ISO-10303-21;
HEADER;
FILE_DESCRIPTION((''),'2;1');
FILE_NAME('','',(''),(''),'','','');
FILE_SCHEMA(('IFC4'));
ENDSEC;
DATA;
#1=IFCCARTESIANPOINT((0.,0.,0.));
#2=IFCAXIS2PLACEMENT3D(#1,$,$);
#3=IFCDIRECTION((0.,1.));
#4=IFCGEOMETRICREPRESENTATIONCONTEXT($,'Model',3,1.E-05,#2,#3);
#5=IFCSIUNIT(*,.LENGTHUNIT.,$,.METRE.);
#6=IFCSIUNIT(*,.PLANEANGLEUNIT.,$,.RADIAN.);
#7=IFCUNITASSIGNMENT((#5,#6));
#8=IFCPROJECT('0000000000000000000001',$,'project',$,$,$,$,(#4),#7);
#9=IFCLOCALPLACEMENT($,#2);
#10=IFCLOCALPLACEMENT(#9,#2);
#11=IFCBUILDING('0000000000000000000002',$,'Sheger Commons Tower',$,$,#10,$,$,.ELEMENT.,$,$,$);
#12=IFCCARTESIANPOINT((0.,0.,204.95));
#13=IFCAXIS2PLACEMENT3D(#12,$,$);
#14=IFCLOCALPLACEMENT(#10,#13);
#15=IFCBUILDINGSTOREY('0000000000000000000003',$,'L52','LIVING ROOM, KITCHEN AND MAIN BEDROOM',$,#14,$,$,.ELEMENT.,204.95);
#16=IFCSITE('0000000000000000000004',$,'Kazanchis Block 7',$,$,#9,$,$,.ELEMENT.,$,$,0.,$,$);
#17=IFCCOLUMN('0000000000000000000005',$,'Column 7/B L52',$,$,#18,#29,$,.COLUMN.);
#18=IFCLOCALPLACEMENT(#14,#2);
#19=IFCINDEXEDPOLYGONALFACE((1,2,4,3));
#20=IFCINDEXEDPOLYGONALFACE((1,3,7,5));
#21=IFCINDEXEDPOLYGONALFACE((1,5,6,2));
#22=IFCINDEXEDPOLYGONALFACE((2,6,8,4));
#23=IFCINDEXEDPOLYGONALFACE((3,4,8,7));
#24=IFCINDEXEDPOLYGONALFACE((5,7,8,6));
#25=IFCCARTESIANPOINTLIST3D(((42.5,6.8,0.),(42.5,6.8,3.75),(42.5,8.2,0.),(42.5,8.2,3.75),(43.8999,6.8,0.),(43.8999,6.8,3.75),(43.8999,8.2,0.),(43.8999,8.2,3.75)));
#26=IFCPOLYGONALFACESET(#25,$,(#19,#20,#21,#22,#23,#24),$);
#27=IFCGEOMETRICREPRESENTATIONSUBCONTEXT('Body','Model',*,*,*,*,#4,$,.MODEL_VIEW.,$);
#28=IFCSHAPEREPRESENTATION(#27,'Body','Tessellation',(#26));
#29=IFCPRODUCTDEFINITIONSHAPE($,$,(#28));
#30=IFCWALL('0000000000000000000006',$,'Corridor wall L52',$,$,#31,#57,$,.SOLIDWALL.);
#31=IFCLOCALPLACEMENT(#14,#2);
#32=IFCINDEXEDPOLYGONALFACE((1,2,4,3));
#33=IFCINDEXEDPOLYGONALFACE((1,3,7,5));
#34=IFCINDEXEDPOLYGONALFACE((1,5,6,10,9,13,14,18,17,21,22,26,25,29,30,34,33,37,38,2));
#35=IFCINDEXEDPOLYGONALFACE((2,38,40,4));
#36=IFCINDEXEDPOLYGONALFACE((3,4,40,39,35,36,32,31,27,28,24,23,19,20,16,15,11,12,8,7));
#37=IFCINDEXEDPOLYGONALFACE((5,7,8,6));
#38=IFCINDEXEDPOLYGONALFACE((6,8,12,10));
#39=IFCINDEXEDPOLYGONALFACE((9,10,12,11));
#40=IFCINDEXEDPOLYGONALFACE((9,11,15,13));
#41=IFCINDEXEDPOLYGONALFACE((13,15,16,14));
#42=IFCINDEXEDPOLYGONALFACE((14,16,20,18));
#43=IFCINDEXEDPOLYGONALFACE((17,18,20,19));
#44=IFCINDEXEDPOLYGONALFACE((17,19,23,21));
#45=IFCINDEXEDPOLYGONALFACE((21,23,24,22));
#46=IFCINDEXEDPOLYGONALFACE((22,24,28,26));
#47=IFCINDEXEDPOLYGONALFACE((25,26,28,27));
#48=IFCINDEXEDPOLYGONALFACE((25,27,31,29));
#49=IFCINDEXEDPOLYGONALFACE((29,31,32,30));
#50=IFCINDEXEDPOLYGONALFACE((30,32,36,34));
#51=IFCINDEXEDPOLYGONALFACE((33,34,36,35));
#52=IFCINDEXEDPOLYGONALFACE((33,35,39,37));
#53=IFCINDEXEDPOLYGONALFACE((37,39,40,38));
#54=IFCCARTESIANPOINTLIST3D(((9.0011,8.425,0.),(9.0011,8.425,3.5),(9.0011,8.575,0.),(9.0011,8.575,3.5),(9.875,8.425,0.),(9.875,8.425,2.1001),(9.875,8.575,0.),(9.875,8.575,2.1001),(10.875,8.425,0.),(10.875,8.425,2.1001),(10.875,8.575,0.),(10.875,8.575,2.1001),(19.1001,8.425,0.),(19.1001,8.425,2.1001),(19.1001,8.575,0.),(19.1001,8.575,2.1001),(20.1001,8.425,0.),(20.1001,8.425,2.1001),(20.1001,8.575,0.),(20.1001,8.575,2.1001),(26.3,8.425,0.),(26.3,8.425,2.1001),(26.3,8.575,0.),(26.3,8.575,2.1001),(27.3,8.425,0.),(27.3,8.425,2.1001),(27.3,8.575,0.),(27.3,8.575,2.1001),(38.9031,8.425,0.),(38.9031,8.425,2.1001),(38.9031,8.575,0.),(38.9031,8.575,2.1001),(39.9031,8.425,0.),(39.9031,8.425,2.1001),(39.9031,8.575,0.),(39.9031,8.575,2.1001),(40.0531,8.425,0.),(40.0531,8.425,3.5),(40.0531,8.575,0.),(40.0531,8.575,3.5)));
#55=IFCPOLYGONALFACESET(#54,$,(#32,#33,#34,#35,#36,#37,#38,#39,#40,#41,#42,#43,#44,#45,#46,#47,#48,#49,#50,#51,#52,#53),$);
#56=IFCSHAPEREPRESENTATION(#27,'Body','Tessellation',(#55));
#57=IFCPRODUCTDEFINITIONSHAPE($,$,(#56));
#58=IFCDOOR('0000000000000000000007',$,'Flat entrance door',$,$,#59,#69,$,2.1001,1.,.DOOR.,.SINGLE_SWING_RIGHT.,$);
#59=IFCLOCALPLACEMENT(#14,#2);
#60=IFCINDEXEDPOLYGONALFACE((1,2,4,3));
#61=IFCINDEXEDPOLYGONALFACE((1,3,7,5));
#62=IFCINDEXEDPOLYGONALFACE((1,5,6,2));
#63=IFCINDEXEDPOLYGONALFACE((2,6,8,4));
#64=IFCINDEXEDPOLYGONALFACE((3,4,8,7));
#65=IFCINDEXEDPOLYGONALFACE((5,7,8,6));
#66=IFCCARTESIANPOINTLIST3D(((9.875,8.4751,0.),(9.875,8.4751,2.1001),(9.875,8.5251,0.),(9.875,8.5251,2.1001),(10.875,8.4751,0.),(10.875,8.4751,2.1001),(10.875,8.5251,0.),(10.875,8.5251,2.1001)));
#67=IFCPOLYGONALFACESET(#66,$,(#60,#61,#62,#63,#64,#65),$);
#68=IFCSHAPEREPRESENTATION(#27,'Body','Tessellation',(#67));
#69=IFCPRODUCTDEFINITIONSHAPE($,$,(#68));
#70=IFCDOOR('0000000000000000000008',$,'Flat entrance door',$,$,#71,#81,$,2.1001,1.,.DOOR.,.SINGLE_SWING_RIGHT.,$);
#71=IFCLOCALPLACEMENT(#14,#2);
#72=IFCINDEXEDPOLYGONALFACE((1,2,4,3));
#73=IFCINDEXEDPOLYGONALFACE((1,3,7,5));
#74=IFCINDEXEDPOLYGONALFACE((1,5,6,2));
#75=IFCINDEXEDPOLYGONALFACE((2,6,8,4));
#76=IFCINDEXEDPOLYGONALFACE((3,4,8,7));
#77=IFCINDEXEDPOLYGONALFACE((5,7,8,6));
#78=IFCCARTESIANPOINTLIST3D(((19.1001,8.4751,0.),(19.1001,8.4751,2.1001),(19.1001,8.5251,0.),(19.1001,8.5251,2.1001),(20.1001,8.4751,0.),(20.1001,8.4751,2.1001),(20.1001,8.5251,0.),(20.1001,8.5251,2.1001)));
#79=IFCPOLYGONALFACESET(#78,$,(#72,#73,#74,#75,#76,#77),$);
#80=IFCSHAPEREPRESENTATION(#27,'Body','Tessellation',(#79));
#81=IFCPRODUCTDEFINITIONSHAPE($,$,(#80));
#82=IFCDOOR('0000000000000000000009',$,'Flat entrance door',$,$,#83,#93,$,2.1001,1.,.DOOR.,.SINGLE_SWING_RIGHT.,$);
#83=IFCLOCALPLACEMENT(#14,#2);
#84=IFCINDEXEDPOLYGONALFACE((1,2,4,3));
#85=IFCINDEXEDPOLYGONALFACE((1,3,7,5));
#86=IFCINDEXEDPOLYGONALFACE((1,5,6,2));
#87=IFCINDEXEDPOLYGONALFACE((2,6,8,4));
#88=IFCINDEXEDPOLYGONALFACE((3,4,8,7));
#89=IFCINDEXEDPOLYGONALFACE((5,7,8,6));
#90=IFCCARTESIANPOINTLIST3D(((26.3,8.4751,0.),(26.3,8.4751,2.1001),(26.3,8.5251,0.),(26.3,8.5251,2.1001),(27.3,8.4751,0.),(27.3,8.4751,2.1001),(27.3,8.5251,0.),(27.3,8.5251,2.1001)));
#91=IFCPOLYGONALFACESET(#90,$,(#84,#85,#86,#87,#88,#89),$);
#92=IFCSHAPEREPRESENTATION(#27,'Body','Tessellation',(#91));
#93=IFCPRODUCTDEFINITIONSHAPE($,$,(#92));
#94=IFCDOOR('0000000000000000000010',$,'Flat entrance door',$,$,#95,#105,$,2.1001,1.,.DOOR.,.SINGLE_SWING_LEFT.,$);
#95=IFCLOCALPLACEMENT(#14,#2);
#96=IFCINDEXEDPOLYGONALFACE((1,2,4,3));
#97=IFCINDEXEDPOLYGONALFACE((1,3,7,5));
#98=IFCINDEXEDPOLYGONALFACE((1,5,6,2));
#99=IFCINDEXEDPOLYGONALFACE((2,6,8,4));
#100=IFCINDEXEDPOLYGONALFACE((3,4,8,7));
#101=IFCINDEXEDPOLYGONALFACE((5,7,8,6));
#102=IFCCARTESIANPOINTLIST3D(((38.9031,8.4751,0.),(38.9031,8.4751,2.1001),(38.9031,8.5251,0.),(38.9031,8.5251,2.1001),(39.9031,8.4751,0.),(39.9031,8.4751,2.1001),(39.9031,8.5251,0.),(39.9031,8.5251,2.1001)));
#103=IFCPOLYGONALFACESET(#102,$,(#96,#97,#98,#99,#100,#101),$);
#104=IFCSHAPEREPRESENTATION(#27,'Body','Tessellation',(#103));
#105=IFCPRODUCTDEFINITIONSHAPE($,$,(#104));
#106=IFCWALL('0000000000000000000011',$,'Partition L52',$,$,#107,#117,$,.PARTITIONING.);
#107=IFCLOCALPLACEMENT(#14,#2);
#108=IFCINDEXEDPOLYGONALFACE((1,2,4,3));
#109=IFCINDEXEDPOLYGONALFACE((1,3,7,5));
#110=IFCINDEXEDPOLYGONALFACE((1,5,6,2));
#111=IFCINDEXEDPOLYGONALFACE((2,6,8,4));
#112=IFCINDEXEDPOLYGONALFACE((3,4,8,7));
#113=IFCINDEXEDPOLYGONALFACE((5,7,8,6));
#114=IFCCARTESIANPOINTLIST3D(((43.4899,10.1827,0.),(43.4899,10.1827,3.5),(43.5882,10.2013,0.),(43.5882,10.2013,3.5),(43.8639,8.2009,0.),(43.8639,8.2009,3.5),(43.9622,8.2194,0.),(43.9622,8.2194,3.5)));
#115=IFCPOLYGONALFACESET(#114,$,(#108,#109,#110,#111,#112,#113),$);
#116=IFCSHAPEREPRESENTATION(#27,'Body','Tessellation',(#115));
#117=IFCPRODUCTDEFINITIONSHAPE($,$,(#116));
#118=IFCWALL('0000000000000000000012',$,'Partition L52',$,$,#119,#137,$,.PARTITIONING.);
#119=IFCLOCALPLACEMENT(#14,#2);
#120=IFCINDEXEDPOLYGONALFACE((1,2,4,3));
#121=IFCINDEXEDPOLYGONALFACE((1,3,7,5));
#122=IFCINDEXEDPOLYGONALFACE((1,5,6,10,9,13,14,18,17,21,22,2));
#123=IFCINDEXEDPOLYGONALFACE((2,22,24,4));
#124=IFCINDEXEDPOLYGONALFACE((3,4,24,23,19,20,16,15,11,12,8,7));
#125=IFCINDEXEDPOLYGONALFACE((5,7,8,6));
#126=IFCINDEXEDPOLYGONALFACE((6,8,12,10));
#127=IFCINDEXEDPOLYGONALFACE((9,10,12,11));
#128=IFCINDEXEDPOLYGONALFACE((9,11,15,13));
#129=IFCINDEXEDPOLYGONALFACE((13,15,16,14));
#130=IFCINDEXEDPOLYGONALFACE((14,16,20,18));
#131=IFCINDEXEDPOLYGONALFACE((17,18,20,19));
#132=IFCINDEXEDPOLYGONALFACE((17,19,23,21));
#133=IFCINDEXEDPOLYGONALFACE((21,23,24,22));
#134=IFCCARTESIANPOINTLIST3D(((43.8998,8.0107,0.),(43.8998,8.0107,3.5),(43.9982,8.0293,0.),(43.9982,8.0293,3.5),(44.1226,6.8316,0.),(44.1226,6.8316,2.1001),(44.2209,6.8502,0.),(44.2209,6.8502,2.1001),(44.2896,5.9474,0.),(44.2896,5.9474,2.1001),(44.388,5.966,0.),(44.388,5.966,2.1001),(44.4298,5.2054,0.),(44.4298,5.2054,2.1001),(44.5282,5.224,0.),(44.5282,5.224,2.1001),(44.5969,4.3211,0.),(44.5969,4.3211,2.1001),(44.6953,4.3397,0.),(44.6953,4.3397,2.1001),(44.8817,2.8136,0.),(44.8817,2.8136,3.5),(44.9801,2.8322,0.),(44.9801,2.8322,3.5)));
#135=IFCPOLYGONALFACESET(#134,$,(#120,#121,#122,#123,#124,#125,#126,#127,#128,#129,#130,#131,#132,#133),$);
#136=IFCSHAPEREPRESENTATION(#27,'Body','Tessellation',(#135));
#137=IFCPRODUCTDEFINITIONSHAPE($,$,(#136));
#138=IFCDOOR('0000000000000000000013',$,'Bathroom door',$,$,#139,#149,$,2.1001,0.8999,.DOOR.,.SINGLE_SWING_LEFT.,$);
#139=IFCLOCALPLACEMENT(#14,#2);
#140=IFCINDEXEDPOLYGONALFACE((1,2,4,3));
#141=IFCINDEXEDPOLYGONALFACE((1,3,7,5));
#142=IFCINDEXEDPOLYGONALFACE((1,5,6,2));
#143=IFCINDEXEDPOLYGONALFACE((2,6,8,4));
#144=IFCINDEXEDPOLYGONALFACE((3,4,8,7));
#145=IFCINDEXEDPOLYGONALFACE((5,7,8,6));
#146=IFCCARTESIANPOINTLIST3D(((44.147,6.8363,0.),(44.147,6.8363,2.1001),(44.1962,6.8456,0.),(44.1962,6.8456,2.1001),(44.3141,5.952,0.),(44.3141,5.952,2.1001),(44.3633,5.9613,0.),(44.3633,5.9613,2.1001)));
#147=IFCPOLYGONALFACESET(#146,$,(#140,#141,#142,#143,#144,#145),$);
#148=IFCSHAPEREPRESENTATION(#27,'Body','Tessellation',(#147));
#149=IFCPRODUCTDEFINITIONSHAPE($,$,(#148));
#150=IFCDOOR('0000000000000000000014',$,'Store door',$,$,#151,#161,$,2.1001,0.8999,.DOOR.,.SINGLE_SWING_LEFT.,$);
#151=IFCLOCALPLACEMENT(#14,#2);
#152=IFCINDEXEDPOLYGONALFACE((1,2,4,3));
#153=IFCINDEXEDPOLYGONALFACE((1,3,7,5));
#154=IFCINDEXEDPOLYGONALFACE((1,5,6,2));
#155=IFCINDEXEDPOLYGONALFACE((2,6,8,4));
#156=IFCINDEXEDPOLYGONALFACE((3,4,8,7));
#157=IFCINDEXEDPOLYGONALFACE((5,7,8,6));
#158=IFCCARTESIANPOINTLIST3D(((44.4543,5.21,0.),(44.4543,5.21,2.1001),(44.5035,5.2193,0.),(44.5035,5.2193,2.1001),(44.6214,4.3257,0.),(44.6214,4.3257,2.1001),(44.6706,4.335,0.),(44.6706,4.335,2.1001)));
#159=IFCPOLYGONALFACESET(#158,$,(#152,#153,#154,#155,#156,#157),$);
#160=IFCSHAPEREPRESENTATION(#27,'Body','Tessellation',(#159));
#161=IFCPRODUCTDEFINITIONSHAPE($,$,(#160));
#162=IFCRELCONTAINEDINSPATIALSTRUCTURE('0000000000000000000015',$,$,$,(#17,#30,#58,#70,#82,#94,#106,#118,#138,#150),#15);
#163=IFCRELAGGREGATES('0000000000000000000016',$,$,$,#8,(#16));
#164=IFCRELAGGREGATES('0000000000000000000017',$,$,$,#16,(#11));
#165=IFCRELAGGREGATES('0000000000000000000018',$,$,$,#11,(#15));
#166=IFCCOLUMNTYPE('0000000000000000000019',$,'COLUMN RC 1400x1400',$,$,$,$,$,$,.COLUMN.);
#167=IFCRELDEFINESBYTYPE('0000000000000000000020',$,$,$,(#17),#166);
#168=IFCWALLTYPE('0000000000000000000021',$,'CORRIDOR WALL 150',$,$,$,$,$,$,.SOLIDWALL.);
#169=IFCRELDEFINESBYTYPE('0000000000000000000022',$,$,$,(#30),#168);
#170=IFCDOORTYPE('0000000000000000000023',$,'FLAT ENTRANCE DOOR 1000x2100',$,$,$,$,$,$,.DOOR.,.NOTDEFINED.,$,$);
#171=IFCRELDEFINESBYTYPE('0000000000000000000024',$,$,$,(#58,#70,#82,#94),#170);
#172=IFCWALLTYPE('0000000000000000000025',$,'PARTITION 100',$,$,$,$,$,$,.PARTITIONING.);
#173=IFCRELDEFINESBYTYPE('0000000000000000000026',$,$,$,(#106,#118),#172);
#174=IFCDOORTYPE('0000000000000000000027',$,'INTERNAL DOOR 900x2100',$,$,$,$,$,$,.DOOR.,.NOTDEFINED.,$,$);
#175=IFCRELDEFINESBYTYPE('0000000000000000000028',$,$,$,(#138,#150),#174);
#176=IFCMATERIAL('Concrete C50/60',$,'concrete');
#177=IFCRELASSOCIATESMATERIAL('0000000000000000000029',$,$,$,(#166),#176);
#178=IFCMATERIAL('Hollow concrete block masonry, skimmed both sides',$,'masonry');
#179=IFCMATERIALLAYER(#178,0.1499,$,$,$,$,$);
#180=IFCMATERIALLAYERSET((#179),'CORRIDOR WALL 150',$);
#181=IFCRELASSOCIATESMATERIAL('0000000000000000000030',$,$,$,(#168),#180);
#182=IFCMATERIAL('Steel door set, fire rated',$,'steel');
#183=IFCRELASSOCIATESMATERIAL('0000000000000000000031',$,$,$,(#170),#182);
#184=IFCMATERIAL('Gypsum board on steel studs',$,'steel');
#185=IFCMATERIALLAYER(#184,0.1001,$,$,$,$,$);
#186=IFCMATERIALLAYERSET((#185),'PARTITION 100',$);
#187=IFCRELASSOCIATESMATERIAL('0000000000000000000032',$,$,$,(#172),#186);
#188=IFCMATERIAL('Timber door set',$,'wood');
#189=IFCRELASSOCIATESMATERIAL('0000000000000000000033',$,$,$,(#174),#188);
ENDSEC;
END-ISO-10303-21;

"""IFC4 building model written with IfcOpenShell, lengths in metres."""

from ifc_helpers import new_model, si_unit, direction, frame, frame_2d, origin, origin_2d, place, context, subcontext, project, spatial, rectangle, extrude, material, layer, layer_set, material_profile, profile_set, type_object, element, fill, save


model = new_model("IFC4")

# Units and contexts
model_context = context("Model", 3, precision=1e-05, world=origin(), true_north=direction((0.0, 1.0)))
body_context = subcontext(model_context, "Body", "Model", "MODEL_VIEW")
ifc_project = project(units=[si_unit("LENGTHUNIT", "METRE"), si_unit("PLANEANGLEUNIT", "RADIAN")], contexts=[model_context])

# Site, building, storey
site_placement = place(None, origin())
site = spatial("IfcSite", under=ifc_project, at=site_placement, Name="Kazanchis Block 7", CompositionType="ELEMENT", RefElevation=0.0)
building_placement = place(site_placement, origin())
building = spatial("IfcBuilding", under=site, at=building_placement, Name="Sheger Commons Tower", CompositionType="ELEMENT")
storey_placement = place(building_placement, frame((0.0, 0.0, 204.95)))
storey = spatial("IfcBuildingStorey", under=building, at=storey_placement, Name="L52", Description="LIVING ROOM, KITCHEN AND MAIN BEDROOM", CompositionType="ELEMENT", Elevation=204.95)

# Column
ifc_material_1 = material(Name="Concrete C50/60", Category="concrete")
ifc_material_profile = material_profile(ifc_material_1, rectangle(XDim=1.3999, YDim=1.3999, at=origin_2d()), Name="RC 1400x1400")
ifc_profile_set = profile_set([ifc_material_profile], Name="Concrete C50/60")
column_type = type_object("IfcColumnType", Name="COLUMN RC 1400x1400", PredefinedType="COLUMN", material=ifc_profile_set)
column_placement = place(storey_placement, frame((43.2, 7.5, 0.0), z_axis=(0.0, 0.0, 1.0), x_axis=(1.0, 0.0, 0.0)))
element("IfcColumn", 1, at=column_placement, inside=storey, type_object=column_type, Name="Column 7/B L52", PredefinedType="COLUMN", context=body_context, shape_type="SweptSolid", body=[
    extrude(rectangle(XDim=1.3999, YDim=1.3999, at=origin_2d()), origin(), (0.0, 0.0, 1.0), 3.75),
])

# Wall, openings, doors
ifc_material_2 = material(Name="Hollow concrete block masonry, skimmed both sides", Category="masonry")
ifc_layer_1 = layer(ifc_material_2, 0.1499)
ifc_layer_set_1 = layer_set([ifc_layer_1], Name="CORRIDOR WALL 150")
wall_type_1 = type_object("IfcWallType", Name="CORRIDOR WALL 150", PredefinedType="SOLIDWALL", material=ifc_layer_set_1)
wall_1_placement = place(storey_placement, frame((40.053, 8.5, 0.0), z_axis=(0.0, 0.0, 1.0), x_axis=(-1.0, 0.0, 0.0)))
wall_1 = element("IfcWall", 2, at=wall_1_placement, inside=storey, type_object=wall_type_1, Name="Corridor wall L52", PredefinedType="SOLIDWALL", context=body_context, shape_type="SweptSolid", body=[
    extrude(rectangle(XDim=31.052, YDim=0.1499, at=frame_2d((15.5259, 0.0))), origin(), (0.0, 0.0, 1.0), 3.5),
])
opening_1_placement = place(wall_1_placement, frame((29.178, 0.0, 0.0)))
opening_1 = element("IfcOpeningElement", 3, at=opening_1_placement, cuts=wall_1, PredefinedType="OPENING", context=body_context, shape_type="SweptSolid", body=[
    extrude(rectangle(XDim=1.0, YDim=2.1001, at=frame_2d((0.5, 1.05))), frame((0.0, 0.085, 0.0), z_axis=(0.0, -1.0, 0.0), x_axis=(1.0, 0.0, 0.0)), (0.0, 0.0, 1.0), 0.1699),
])
opening_2_placement = place(wall_1_placement, frame((19.9529, 0.0, 0.0)))
opening_2 = element("IfcOpeningElement", 4, at=opening_2_placement, cuts=wall_1, PredefinedType="OPENING", context=body_context, shape_type="SweptSolid", body=[
    extrude(rectangle(XDim=1.0, YDim=2.1001, at=frame_2d((0.5, 1.05))), frame((0.0, 0.085, 0.0), z_axis=(0.0, -1.0, 0.0), x_axis=(1.0, 0.0, 0.0)), (0.0, 0.0, 1.0), 0.1699),
])
opening_3_placement = place(wall_1_placement, frame((12.7529, 0.0, 0.0)))
opening_3 = element("IfcOpeningElement", 5, at=opening_3_placement, cuts=wall_1, PredefinedType="OPENING", context=body_context, shape_type="SweptSolid", body=[
    extrude(rectangle(XDim=1.0, YDim=2.1001, at=frame_2d((0.5, 1.05))), frame((0.0, 0.085, 0.0), z_axis=(0.0, -1.0, 0.0), x_axis=(1.0, 0.0, 0.0)), (0.0, 0.0, 1.0), 0.1699),
])
opening_4_placement = place(wall_1_placement, frame((0.1499, 0.0, 0.0)))
opening_4 = element("IfcOpeningElement", 6, at=opening_4_placement, cuts=wall_1, PredefinedType="OPENING", context=body_context, shape_type="SweptSolid", body=[
    extrude(rectangle(XDim=1.0, YDim=2.1001, at=frame_2d((0.5, 1.05))), frame((0.0, 0.085, 0.0), z_axis=(0.0, -1.0, 0.0), x_axis=(1.0, 0.0, 0.0)), (0.0, 0.0, 1.0), 0.1699),
])
ifc_material_3 = material(Name="Steel door set, fire rated", Category="steel")
door_type_1 = type_object("IfcDoorType", Name="FLAT ENTRANCE DOOR 1000x2100", OperationType="NOTDEFINED", PredefinedType="DOOR", material=ifc_material_3)
door_1_placement = place(opening_1_placement, origin())
door_1 = element("IfcDoor", 7, at=door_1_placement, inside=storey, type_object=door_type_1, Name="Flat entrance door", OperationType="SINGLE_SWING_RIGHT", OverallHeight=2.1001, OverallWidth=1.0, PredefinedType="DOOR", context=body_context, shape_type="SweptSolid", body=[
    extrude(rectangle(XDim=1.0, YDim=2.1001, at=frame_2d((0.5, 1.05))), frame((0.0, 0.0249, 0.0), z_axis=(0.0, -1.0, 0.0), x_axis=(1.0, 0.0, 0.0)), (0.0, 0.0, 1.0), 0.05),
])
fill(opening_1, door_1)
door_2_placement = place(opening_2_placement, origin())
door_2 = element("IfcDoor", 8, at=door_2_placement, inside=storey, type_object=door_type_1, Name="Flat entrance door", OperationType="SINGLE_SWING_RIGHT", OverallHeight=2.1001, OverallWidth=1.0, PredefinedType="DOOR", context=body_context, shape_type="SweptSolid", body=[
    extrude(rectangle(XDim=1.0, YDim=2.1001, at=frame_2d((0.5, 1.05))), frame((0.0, 0.0249, 0.0), z_axis=(0.0, -1.0, 0.0), x_axis=(1.0, 0.0, 0.0)), (0.0, 0.0, 1.0), 0.05),
])
fill(opening_2, door_2)
door_3_placement = place(opening_3_placement, origin())
door_3 = element("IfcDoor", 9, at=door_3_placement, inside=storey, type_object=door_type_1, Name="Flat entrance door", OperationType="SINGLE_SWING_RIGHT", OverallHeight=2.1001, OverallWidth=1.0, PredefinedType="DOOR", context=body_context, shape_type="SweptSolid", body=[
    extrude(rectangle(XDim=1.0, YDim=2.1001, at=frame_2d((0.5, 1.05))), frame((0.0, 0.0249, 0.0), z_axis=(0.0, -1.0, 0.0), x_axis=(1.0, 0.0, 0.0)), (0.0, 0.0, 1.0), 0.05),
])
fill(opening_3, door_3)
door_4_placement = place(opening_4_placement, origin())
door_4 = element("IfcDoor", 10, at=door_4_placement, inside=storey, type_object=door_type_1, Name="Flat entrance door", OperationType="SINGLE_SWING_LEFT", OverallHeight=2.1001, OverallWidth=1.0, PredefinedType="DOOR", context=body_context, shape_type="SweptSolid", body=[
    extrude(rectangle(XDim=1.0, YDim=2.1001, at=frame_2d((0.5, 1.05))), frame((0.0, 0.0249, 0.0), z_axis=(0.0, -1.0, 0.0), x_axis=(1.0, 0.0, 0.0)), (0.0, 0.0, 1.0), 0.05),
])
fill(opening_4, door_4)

# Wall
ifc_material_4 = material(Name="Gypsum board on steel studs", Category="steel")
ifc_layer_2 = layer(ifc_material_4, 0.1001)
ifc_layer_set_2 = layer_set([ifc_layer_2], Name="PARTITION 100")
wall_type_2 = type_object("IfcWallType", Name="PARTITION 100", PredefinedType="PARTITIONING", material=ifc_layer_set_2)
wall_2_placement = place(storey_placement, frame((43.5391, 10.1919, 0.0), z_axis=(0.0, 0.0, 1.0), x_axis=(0.185443, -0.982655, 0.0)))
element("IfcWall", 11, at=wall_2_placement, inside=storey, type_object=wall_type_2, Name="Partition L52", PredefinedType="PARTITIONING", context=body_context, shape_type="SweptSolid", body=[
    extrude(rectangle(XDim=2.0168, YDim=0.1001, at=frame_2d((1.0083, 0.0))), origin(), (0.0, 0.0, 1.0), 3.5),
])

# Wall, openings, doors
wall_3_placement = place(storey_placement, frame((43.949, 8.02, 0.0), z_axis=(0.0, 0.0, 1.0), x_axis=(0.185657, -0.982615, 0.0)))
wall_3 = element("IfcWall", 12, at=wall_3_placement, inside=storey, type_object=wall_type_2, Name="Partition L52", PredefinedType="PARTITIONING", context=body_context, shape_type="SweptSolid", body=[
    extrude(rectangle(XDim=5.2891, YDim=0.1001, at=frame_2d((2.6445, 0.0))), origin(), (0.0, 0.0, 1.0), 3.5),
])
opening_5_placement = place(wall_3_placement, frame((1.2, 0.0, 0.0)))
opening_5 = element("IfcOpeningElement", 13, at=opening_5_placement, cuts=wall_3, PredefinedType="OPENING", context=body_context, shape_type="SweptSolid", body=[
    extrude(rectangle(XDim=0.8999, YDim=2.1001, at=frame_2d((0.45, 1.05))), frame((0.0, 0.0601, 0.0), z_axis=(0.0, -1.0, 0.0), x_axis=(1.0, 0.0, 0.0)), (0.0, 0.0, 1.0), 0.1201),
])
opening_6_placement = place(wall_3_placement, frame((2.855, 0.0, 0.0)))
opening_6 = element("IfcOpeningElement", 14, at=opening_6_placement, cuts=wall_3, PredefinedType="OPENING", context=body_context, shape_type="SweptSolid", body=[
    extrude(rectangle(XDim=0.8999, YDim=2.1001, at=frame_2d((0.45, 1.05))), frame((0.0, 0.0601, 0.0), z_axis=(0.0, -1.0, 0.0), x_axis=(1.0, 0.0, 0.0)), (0.0, 0.0, 1.0), 0.1201),
])
ifc_material_5 = material(Name="Timber door set", Category="wood")
door_type_2 = type_object("IfcDoorType", Name="INTERNAL DOOR 900x2100", OperationType="NOTDEFINED", PredefinedType="DOOR", material=ifc_material_5)
door_5_placement = place(opening_5_placement, origin())
door_5 = element("IfcDoor", 15, at=door_5_placement, inside=storey, type_object=door_type_2, Name="Bathroom door", OperationType="SINGLE_SWING_LEFT", OverallHeight=2.1001, OverallWidth=0.8999, PredefinedType="DOOR", context=body_context, shape_type="SweptSolid", body=[
    extrude(rectangle(XDim=0.8999, YDim=2.1001, at=frame_2d((0.45, 1.05))), frame((0.0, 0.0249, 0.0), z_axis=(0.0, -1.0, 0.0), x_axis=(1.0, 0.0, 0.0)), (0.0, 0.0, 1.0), 0.05),
])
fill(opening_5, door_5)
door_6_placement = place(opening_6_placement, origin())
door_6 = element("IfcDoor", 16, at=door_6_placement, inside=storey, type_object=door_type_2, Name="Store door", OperationType="SINGLE_SWING_LEFT", OverallHeight=2.1001, OverallWidth=0.8999, PredefinedType="DOOR", context=body_context, shape_type="SweptSolid", body=[
    extrude(rectangle(XDim=0.8999, YDim=2.1001, at=frame_2d((0.45, 1.05))), frame((0.0, 0.0249, 0.0), z_axis=(0.0, -1.0, 0.0), x_axis=(1.0, 0.0, 0.0)), (0.0, 0.0, 1.0), 0.05),
])
fill(opening_6, door_6)

save(model, "model.ifc")
